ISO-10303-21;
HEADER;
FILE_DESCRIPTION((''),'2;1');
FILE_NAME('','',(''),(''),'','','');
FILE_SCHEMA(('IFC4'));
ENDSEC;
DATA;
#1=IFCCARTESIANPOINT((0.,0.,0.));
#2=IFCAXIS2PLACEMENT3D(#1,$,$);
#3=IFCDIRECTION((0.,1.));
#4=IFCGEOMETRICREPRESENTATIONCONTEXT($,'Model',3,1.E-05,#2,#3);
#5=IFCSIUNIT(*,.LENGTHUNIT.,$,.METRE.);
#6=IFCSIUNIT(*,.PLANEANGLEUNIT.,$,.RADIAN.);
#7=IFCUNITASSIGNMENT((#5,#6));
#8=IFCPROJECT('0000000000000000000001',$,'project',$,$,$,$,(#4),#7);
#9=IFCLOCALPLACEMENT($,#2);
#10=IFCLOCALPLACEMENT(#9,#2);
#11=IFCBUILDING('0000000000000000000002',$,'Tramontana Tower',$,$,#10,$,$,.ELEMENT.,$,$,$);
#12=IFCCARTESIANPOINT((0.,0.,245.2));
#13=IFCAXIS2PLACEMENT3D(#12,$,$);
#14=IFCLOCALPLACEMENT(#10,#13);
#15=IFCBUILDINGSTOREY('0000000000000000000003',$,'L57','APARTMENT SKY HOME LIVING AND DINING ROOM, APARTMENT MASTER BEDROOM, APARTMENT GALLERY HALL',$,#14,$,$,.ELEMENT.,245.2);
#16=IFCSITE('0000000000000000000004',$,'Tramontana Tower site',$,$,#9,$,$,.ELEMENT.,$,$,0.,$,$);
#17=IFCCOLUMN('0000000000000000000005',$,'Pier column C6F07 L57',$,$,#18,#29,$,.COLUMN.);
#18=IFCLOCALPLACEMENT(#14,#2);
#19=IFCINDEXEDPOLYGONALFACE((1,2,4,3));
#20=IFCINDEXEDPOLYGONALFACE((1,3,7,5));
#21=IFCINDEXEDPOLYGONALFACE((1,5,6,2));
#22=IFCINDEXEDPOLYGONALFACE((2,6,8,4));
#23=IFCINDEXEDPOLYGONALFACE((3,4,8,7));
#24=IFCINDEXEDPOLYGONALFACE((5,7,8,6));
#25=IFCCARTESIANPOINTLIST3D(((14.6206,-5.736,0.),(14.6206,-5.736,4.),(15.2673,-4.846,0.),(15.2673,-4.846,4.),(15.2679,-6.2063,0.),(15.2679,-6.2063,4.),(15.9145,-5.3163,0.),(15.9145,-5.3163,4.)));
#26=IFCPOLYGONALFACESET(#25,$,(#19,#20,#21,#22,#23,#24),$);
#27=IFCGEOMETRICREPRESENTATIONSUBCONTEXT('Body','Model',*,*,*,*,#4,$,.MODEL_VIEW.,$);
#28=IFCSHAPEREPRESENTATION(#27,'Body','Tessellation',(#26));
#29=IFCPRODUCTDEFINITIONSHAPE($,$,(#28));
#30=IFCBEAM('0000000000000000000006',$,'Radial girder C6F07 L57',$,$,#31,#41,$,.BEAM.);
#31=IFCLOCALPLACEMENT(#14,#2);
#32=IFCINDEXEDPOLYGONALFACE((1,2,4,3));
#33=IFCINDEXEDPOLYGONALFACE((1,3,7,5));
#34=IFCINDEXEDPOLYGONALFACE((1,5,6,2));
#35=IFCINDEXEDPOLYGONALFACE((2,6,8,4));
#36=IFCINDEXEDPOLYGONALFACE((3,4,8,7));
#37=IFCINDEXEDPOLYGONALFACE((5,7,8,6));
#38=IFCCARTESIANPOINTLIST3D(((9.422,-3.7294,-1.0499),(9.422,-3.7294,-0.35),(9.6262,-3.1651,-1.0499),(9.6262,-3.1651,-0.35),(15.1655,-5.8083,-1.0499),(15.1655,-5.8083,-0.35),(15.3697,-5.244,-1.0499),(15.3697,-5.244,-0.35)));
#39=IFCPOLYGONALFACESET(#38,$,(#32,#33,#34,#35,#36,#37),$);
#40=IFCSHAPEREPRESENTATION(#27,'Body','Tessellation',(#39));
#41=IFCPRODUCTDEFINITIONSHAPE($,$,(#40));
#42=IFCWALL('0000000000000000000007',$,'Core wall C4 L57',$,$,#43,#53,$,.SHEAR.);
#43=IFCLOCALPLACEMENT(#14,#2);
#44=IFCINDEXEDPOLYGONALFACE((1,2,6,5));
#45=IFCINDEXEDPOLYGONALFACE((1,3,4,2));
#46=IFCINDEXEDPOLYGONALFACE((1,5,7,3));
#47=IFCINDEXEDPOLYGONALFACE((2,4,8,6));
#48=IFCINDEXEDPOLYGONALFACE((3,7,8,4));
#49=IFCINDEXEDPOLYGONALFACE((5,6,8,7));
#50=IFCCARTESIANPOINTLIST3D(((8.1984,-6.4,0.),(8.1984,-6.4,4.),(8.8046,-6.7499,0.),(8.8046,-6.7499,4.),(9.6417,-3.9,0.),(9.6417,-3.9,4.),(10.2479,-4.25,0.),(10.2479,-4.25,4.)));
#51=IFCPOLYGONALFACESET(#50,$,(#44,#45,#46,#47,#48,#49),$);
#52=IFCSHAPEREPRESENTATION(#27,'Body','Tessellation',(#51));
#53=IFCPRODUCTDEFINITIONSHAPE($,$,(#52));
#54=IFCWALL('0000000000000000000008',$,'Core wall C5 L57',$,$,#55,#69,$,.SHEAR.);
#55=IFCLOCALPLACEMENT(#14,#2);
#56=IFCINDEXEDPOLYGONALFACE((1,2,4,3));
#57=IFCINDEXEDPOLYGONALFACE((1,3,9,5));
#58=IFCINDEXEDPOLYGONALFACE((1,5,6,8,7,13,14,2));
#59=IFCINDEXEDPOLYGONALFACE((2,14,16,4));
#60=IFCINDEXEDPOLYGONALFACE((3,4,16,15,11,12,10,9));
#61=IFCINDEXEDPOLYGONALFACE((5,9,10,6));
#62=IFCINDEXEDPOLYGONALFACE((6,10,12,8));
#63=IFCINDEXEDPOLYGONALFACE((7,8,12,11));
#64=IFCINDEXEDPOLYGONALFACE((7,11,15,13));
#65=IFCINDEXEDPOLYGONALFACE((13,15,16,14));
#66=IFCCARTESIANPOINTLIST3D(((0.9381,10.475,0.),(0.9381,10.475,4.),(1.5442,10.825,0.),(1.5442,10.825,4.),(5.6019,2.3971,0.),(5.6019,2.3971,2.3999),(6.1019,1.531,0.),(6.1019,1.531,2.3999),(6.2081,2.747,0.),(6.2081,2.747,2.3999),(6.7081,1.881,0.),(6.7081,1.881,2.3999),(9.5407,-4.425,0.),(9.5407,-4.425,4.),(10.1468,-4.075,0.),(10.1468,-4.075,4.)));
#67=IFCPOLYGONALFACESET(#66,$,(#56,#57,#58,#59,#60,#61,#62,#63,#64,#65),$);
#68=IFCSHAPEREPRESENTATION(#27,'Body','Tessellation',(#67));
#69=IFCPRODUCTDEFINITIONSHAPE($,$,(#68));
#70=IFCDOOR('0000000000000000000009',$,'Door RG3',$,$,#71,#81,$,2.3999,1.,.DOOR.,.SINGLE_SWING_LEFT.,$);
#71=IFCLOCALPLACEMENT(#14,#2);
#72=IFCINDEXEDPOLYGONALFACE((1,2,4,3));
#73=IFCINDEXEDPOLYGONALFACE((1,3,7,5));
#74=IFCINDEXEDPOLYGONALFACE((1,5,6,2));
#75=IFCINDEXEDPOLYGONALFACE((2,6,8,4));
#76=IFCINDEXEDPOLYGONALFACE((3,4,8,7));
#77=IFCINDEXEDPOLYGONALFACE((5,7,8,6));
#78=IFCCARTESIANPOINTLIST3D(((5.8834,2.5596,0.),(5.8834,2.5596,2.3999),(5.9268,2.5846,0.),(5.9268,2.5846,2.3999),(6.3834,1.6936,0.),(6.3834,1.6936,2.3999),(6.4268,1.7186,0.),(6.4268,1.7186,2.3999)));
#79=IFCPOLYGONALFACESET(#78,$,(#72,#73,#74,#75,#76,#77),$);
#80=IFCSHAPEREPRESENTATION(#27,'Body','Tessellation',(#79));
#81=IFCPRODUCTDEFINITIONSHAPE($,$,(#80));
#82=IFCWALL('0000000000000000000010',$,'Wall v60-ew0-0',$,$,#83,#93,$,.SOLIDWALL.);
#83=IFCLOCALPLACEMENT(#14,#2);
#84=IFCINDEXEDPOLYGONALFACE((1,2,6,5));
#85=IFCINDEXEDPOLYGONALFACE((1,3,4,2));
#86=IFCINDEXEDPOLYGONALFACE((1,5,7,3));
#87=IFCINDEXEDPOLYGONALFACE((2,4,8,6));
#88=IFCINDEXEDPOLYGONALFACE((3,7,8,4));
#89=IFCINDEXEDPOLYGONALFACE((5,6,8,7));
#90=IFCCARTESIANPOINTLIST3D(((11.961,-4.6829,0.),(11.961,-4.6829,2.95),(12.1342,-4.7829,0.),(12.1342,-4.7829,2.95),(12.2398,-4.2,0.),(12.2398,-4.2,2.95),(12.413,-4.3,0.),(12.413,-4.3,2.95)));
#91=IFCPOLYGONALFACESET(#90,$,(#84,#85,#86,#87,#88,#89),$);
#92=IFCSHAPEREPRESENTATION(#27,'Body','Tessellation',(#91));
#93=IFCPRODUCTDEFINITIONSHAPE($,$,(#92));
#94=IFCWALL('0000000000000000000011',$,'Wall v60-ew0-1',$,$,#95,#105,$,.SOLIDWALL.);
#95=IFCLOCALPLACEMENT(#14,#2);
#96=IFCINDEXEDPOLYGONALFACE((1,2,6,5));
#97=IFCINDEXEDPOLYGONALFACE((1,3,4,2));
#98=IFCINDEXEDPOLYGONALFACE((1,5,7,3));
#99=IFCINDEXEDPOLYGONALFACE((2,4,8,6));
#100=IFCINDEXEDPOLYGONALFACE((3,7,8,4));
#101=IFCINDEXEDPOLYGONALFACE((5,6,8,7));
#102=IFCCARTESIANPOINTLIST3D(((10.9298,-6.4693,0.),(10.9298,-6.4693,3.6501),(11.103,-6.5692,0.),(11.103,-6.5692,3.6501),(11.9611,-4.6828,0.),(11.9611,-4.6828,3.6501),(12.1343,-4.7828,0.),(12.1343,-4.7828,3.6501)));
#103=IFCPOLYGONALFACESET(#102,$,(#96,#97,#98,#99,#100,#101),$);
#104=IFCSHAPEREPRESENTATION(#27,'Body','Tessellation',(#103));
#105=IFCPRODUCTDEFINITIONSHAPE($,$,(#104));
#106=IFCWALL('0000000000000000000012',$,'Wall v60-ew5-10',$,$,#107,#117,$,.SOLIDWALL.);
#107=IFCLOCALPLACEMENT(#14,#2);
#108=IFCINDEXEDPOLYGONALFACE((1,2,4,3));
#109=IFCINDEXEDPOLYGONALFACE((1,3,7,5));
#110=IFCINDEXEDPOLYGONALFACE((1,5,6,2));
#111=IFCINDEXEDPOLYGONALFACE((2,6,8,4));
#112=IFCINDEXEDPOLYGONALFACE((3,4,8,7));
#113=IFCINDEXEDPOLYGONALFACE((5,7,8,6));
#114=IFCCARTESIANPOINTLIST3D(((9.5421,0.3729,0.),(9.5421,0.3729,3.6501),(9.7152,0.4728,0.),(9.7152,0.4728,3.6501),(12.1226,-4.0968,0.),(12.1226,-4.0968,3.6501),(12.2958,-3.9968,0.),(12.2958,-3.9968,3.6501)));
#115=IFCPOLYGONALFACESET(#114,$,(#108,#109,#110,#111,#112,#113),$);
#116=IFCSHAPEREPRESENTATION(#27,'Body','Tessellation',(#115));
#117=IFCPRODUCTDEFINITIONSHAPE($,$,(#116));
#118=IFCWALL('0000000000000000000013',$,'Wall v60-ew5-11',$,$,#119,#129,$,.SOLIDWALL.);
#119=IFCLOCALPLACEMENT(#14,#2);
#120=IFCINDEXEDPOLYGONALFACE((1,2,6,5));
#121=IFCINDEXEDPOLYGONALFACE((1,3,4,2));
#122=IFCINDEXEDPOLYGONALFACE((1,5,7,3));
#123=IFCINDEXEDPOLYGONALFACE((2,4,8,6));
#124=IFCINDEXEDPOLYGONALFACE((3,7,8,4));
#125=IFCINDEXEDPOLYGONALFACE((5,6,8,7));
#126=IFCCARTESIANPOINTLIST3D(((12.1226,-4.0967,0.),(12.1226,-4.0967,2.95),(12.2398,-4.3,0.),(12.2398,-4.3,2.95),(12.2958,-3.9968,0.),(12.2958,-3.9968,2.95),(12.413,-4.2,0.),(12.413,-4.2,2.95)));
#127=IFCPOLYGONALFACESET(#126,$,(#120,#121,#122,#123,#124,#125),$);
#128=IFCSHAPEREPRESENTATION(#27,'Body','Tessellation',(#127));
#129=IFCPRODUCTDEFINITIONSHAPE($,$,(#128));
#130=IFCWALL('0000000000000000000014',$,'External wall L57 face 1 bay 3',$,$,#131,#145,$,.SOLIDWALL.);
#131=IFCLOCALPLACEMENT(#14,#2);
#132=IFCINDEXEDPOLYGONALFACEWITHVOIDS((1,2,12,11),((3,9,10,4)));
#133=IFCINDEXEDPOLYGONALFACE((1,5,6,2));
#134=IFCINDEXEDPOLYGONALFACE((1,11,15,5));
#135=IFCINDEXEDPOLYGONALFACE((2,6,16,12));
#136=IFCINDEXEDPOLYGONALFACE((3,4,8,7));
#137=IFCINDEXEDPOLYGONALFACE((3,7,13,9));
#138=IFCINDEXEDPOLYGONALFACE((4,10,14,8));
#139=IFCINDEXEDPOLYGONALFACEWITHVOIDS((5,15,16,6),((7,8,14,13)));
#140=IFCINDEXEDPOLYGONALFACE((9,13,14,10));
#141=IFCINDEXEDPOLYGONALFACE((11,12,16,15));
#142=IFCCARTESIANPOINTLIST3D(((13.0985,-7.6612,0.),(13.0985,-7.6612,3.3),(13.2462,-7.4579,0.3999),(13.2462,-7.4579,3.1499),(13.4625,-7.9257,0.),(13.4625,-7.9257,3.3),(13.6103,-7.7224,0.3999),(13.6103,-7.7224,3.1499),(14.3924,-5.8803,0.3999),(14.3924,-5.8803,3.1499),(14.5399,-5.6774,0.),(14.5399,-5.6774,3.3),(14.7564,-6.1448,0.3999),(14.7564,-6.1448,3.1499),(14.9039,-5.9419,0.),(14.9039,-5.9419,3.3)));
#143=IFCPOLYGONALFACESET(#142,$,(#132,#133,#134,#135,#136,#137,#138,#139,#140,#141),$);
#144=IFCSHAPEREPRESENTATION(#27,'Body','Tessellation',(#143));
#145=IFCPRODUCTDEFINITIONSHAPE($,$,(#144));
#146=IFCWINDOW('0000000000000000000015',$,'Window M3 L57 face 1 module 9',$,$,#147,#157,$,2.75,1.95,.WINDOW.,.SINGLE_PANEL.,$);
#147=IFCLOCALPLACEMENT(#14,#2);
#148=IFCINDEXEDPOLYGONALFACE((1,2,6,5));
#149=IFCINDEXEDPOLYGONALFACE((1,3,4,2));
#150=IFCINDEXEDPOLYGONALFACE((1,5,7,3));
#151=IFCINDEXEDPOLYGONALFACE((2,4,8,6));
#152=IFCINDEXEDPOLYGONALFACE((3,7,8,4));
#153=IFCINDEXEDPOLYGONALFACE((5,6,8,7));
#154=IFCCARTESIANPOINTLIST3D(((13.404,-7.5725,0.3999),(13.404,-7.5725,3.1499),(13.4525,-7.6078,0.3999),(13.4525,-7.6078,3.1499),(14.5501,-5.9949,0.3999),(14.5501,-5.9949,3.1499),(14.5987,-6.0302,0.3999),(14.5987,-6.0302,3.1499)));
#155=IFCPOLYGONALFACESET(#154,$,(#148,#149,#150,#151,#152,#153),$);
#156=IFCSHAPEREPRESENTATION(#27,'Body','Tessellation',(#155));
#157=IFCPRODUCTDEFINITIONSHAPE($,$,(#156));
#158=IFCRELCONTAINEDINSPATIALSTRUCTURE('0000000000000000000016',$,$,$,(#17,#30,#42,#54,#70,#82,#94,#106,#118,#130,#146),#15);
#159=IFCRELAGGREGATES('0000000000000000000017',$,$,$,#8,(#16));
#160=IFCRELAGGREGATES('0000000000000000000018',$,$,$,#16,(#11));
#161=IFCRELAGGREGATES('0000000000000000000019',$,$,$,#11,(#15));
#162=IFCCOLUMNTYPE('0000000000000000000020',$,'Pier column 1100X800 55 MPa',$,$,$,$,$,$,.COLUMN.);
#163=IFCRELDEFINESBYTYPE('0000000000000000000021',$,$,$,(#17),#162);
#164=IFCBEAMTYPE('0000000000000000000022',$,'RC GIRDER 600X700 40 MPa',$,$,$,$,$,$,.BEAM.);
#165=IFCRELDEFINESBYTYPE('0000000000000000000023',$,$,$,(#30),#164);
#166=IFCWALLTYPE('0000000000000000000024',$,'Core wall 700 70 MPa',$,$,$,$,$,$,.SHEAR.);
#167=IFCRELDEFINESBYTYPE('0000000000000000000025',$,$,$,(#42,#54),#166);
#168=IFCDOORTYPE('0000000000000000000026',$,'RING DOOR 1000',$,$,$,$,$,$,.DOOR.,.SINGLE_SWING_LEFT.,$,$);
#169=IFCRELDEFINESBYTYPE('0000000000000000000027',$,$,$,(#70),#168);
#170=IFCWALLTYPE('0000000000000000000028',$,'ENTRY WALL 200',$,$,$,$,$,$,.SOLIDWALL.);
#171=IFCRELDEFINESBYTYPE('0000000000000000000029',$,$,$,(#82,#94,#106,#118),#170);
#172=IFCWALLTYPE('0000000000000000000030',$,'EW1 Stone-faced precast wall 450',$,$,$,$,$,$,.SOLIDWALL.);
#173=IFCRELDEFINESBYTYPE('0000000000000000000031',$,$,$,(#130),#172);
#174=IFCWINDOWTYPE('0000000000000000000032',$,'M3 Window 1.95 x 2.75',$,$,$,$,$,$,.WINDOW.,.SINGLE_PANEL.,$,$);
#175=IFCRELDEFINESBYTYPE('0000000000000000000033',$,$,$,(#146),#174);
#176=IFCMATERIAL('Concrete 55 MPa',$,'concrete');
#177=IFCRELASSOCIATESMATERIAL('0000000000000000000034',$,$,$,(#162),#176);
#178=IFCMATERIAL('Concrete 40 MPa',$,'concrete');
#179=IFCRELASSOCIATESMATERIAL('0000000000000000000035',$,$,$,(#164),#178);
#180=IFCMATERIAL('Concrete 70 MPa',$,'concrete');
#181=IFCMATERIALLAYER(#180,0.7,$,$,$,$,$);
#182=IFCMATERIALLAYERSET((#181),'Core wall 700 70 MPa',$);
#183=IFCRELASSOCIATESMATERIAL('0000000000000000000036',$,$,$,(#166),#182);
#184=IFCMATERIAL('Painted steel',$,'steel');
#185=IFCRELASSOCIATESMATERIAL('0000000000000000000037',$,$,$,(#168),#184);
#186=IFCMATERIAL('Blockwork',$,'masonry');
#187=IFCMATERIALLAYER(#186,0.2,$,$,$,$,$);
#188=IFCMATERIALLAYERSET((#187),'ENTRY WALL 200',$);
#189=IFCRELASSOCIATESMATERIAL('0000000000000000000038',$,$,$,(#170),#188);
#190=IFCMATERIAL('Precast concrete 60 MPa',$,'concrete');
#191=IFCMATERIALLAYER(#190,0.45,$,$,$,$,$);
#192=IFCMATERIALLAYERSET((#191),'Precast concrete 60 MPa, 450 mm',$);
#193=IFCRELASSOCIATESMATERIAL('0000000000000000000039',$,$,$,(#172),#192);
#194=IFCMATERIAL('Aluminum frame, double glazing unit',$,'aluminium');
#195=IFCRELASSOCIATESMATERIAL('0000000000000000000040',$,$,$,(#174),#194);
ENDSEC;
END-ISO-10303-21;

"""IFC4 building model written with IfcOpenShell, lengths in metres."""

from ifc_helpers import new_model, si_unit, direction, frame, frame_2d, origin, origin_2d, place, context, subcontext, project, spatial, rectangle, extrude, material, layer, layer_set, material_profile, profile_set, type_object, element, fill, save


model = new_model("IFC4")

# Units and contexts
model_context = context("Model", 3, precision=1e-05, world=origin(), true_north=direction((0.0, 1.0)))
body_context = subcontext(model_context, "Body", "Model", "MODEL_VIEW")
ifc_project = project(units=[si_unit("LENGTHUNIT", "METRE"), si_unit("PLANEANGLEUNIT", "RADIAN")], contexts=[model_context])

# Site, building, storey
site_placement = place(None, origin())
site = spatial("IfcSite", under=ifc_project, at=site_placement, Name="Tramontana Tower site", CompositionType="ELEMENT", RefElevation=0.0)
building_placement = place(site_placement, origin())
building = spatial("IfcBuilding", under=site, at=building_placement, Name="Tramontana Tower", CompositionType="ELEMENT")
storey_placement = place(building_placement, frame((0.0, 0.0, 245.2)))
storey = spatial("IfcBuildingStorey", under=building, at=storey_placement, Name="L57", Description="APARTMENT SKY HOME LIVING AND DINING ROOM, APARTMENT MASTER BEDROOM, APARTMENT GALLERY HALL", CompositionType="ELEMENT", Elevation=245.2)

# Column
ifc_material_1 = material(Name="Concrete 55 MPa", Category="concrete")
ifc_material_profile_1 = material_profile(ifc_material_1, rectangle(XDim=1.1001, YDim=0.8, at=origin_2d()), Name="Pier column 1100X800 55 MPa")
ifc_profile_set_1 = profile_set([ifc_material_profile_1], Name="Concrete 55 MPa")
column_type = type_object("IfcColumnType", Name="Pier column 1100X800 55 MPa", PredefinedType="COLUMN", material=ifc_profile_set_1)
column_placement = place(storey_placement, frame((15.2676, -5.5261, 0.0), z_axis=(0.0, 0.0, 1.0), x_axis=(0.587785, 0.809017, 0.0)))
element("IfcColumn", 1, at=column_placement, inside=storey, type_object=column_type, Name="Pier column C6F07 L57", PredefinedType="COLUMN", context=body_context, shape_type="SweptSolid", body=[
    extrude(rectangle(XDim=1.1001, YDim=0.8, at=origin_2d()), origin(), (0.0, 0.0, 1.0), 4.0),
])

# Beam
ifc_material_2 = material(Name="Concrete 40 MPa", Category="concrete")
ifc_material_profile_2 = material_profile(ifc_material_2, rectangle(XDim=0.6001, YDim=0.7, at=origin_2d()), Name="RC GIRDER 600X700 40 MPa")
ifc_profile_set_2 = profile_set([ifc_material_profile_2], Name="Concrete 40 MPa")
beam_type = type_object("IfcBeamType", Name="RC GIRDER 600X700 40 MPa", PredefinedType="BEAM", material=ifc_profile_set_2)
beam_placement = place(storey_placement, frame((15.2676, -5.5261, -0.7), z_axis=(-0.9403, 0.340347, 0.0), x_axis=(-0.340347, -0.9403, 0.0)))
element("IfcBeam", 2, at=beam_placement, inside=storey, type_object=beam_type, Name="Radial girder C6F07 L57", PredefinedType="BEAM", context=body_context, shape_type="SweptSolid", body=[
    extrude(rectangle(XDim=0.6001, YDim=0.7, at=origin_2d()), origin(), (0.0, 0.0, 1.0), 6.1082),
])

# Wall
ifc_material_3 = material(Name="Concrete 70 MPa", Category="concrete")
ifc_layer_1 = layer(ifc_material_3, 0.7)
ifc_layer_set_1 = layer_set([ifc_layer_1], Name="Core wall 700 70 MPa")
wall_type_1 = type_object("IfcWallType", Name="Core wall 700 70 MPa", PredefinedType="SHEAR", material=ifc_layer_set_1)
wall_1_placement = place(storey_placement, frame((8.5015, -6.575, 0.0), z_axis=(0.0, 0.0, 1.0), x_axis=(0.499996, 0.866028, 0.0)))
element("IfcWall", 3, at=wall_1_placement, inside=storey, type_object=wall_type_1, Name="Core wall C4 L57", PredefinedType="SHEAR", context=body_context, shape_type="SweptSolid", body=[
    extrude(rectangle(XDim=2.8867, YDim=0.7, at=frame_2d((1.4434, 0.0))), origin(), (0.0, 0.0, 1.0), 4.0),
])

# Wall, opening, door
wall_2_placement = place(storey_placement, frame((9.8438, -4.25, 0.0), z_axis=(0.0, 0.0, 1.0), x_axis=(-0.500003, 0.866023, 0.0)))
wall_2 = element("IfcWall", 4, at=wall_2_placement, inside=storey, type_object=wall_type_1, Name="Core wall C5 L57", PredefinedType="SHEAR", context=body_context, shape_type="SweptSolid", body=[
    extrude(rectangle(XDim=17.2051, YDim=0.7, at=frame_2d((8.6025, 0.0))), origin(), (0.0, 0.0, 1.0), 4.0),
])
opening_1_placement = place(wall_2_placement, frame((6.8774, 0.0, 0.0)))
opening_1 = element("IfcOpeningElement", 5, at=opening_1_placement, cuts=wall_2, PredefinedType="OPENING", context=body_context, shape_type="SweptSolid", body=[
    extrude(rectangle(XDim=1.0, YDim=2.3999, at=frame_2d((0.5, 1.2))), frame((0.0, 0.3599, 0.0), z_axis=(0.0, -1.0, 0.0), x_axis=(1.0, 0.0, 0.0)), (0.0, 0.0, 1.0), 0.72),
])
ifc_material_4 = material(Name="Painted steel", Category="steel")
door_type = type_object("IfcDoorType", Name="RING DOOR 1000", OperationType="SINGLE_SWING_LEFT", PredefinedType="DOOR", material=ifc_material_4)
door_placement = place(opening_1_placement, origin())
door = element("IfcDoor", 6, at=door_placement, inside=storey, type_object=door_type, Name="Door RG3", OperationType="SINGLE_SWING_LEFT", OverallHeight=2.3999, OverallWidth=1.0, PredefinedType="DOOR", context=body_context, shape_type="SweptSolid", body=[
    extrude(rectangle(XDim=1.0, YDim=2.3999, at=frame_2d((0.5, 1.2))), frame((0.0, 0.0249, 0.0), z_axis=(0.0, -1.0, 0.0), x_axis=(1.0, 0.0, 0.0)), (0.0, 0.0, 1.0), 0.05),
])
fill(opening_1, door)

# Walls
ifc_material_5 = material(Name="Blockwork", Category="masonry")
ifc_layer_2 = layer(ifc_material_5, 0.2)
ifc_layer_set_2 = layer_set([ifc_layer_2], Name="ENTRY WALL 200")
wall_type_2 = type_object("IfcWallType", Name="ENTRY WALL 200", PredefinedType="SOLIDWALL", material=ifc_layer_set_2)
wall_3_placement = place(storey_placement, frame((12.3264, -4.25, 0.0), z_axis=(0.0, 0.0, 1.0), x_axis=(-0.5, -0.866025, 0.0)))
element("IfcWall", 7, at=wall_3_placement, inside=storey, type_object=wall_type_2, Name="Wall v60-ew0-0", PredefinedType="SOLIDWALL", context=body_context, shape_type="SweptSolid", body=[
    extrude(rectangle(XDim=0.5576, YDim=0.2, at=frame_2d((0.2788, 0.0))), origin(), (0.0, 0.0, 1.0), 2.95),
])
wall_4_placement = place(storey_placement, frame((12.0476, -4.7329, 0.0), z_axis=(0.0, 0.0, 1.0), x_axis=(-0.499958, -0.86605, 0.0)))
element("IfcWall", 8, at=wall_4_placement, inside=storey, type_object=wall_type_2, Name="Wall v60-ew0-1", PredefinedType="SOLIDWALL", context=body_context, shape_type="SweptSolid", body=[
    extrude(rectangle(XDim=2.0627, YDim=0.2, at=frame_2d((1.0312, 0.0))), origin(), (0.0, 0.0, 1.0), 3.6501),
])
wall_5_placement = place(storey_placement, frame((9.6287, 0.4229, 0.0), z_axis=(0.0, 0.0, 1.0), x_axis=(0.499995, -0.866028, 0.0)))
element("IfcWall", 9, at=wall_5_placement, inside=storey, type_object=wall_type_2, Name="Wall v60-ew5-10", PredefinedType="SOLIDWALL", context=body_context, shape_type="SweptSolid", body=[
    extrude(rectangle(XDim=5.1611, YDim=0.2, at=frame_2d((2.5806, 0.0))), origin(), (0.0, 0.0, 1.0), 3.6501),
])
wall_6_placement = place(storey_placement, frame((12.2092, -4.0469, 0.0), z_axis=(0.0, 0.0, 1.0), x_axis=(0.499722, -0.866186, 0.0)))
element("IfcWall", 10, at=wall_6_placement, inside=storey, type_object=wall_type_2, Name="Wall v60-ew5-11", PredefinedType="SOLIDWALL", context=body_context, shape_type="SweptSolid", body=[
    extrude(rectangle(XDim=0.2346, YDim=0.2, at=frame_2d((0.1172, 0.0))), origin(), (0.0, 0.0, 1.0), 2.95),
])

# Wall, opening, window
ifc_material_6 = material(Name="Precast concrete 60 MPa", Category="concrete")
ifc_layer_3 = layer(ifc_material_6, 0.45)
ifc_layer_set_3 = layer_set([ifc_layer_3], Name="Precast concrete 60 MPa, 450 mm")
wall_type_3 = type_object("IfcWallType", Name="EW1 Stone-faced precast wall 450", PredefinedType="SOLIDWALL", material=ifc_layer_set_3)
wall_7_placement = place(storey_placement, frame((13.2805, -7.7935, 0.0), z_axis=(0.0, 0.0, 1.0), x_axis=(0.587793, 0.809012, 0.0)))
wall_7 = element("IfcWall", 11, at=wall_7_placement, inside=storey, type_object=wall_type_3, Name="External wall L57 face 1 bay 3", PredefinedType="SOLIDWALL", context=body_context, shape_type="SweptSolid", body=[
    extrude(rectangle(XDim=2.4521, YDim=0.45, at=frame_2d((1.2261, 0.0))), origin(), (0.0, 0.0, 1.0), 3.3),
])
opening_2_placement = place(wall_7_placement, frame((0.2512, 0.0, 0.3999)))
opening_2 = element("IfcOpeningElement", 12, at=opening_2_placement, cuts=wall_7, PredefinedType="OPENING", context=body_context, shape_type="SweptSolid", body=[
    extrude(rectangle(XDim=1.95, YDim=2.75, at=frame_2d((0.9751, 1.375))), frame((0.0, 0.2349, 0.0), z_axis=(0.0, -1.0, 0.0), x_axis=(1.0, 0.0, 0.0)), (0.0, 0.0, 1.0), 0.47),
])
ifc_material_7 = material(Name="Aluminum frame, double glazing unit", Category="aluminium")
window_type_1 = type_object("IfcWindowType", Name="M3 Window 1.95 x 2.75", PartitioningType="SINGLE_PANEL", PredefinedType="WINDOW", material=ifc_material_7)
window_1_placement = place(opening_2_placement, origin())
window_1 = element("IfcWindow", 13, at=window_1_placement, inside=storey, type_object=window_type_1, Name="Window M3 L57 face 1 module 9", OverallHeight=2.75, OverallWidth=1.95, PartitioningType="SINGLE_PANEL", PredefinedType="WINDOW", context=body_context, shape_type="SweptSolid", body=[
    extrude(rectangle(XDim=1.95, YDim=2.75, at=frame_2d((0.9751, 1.375))), frame((0.0, 0.03, 0.0), z_axis=(0.0, -1.0, 0.0), x_axis=(1.0, 0.0, 0.0)), (0.0, 0.0, 1.0), 0.0601),
])
fill(opening_2, window_1)

save(model, "model.ifc")
